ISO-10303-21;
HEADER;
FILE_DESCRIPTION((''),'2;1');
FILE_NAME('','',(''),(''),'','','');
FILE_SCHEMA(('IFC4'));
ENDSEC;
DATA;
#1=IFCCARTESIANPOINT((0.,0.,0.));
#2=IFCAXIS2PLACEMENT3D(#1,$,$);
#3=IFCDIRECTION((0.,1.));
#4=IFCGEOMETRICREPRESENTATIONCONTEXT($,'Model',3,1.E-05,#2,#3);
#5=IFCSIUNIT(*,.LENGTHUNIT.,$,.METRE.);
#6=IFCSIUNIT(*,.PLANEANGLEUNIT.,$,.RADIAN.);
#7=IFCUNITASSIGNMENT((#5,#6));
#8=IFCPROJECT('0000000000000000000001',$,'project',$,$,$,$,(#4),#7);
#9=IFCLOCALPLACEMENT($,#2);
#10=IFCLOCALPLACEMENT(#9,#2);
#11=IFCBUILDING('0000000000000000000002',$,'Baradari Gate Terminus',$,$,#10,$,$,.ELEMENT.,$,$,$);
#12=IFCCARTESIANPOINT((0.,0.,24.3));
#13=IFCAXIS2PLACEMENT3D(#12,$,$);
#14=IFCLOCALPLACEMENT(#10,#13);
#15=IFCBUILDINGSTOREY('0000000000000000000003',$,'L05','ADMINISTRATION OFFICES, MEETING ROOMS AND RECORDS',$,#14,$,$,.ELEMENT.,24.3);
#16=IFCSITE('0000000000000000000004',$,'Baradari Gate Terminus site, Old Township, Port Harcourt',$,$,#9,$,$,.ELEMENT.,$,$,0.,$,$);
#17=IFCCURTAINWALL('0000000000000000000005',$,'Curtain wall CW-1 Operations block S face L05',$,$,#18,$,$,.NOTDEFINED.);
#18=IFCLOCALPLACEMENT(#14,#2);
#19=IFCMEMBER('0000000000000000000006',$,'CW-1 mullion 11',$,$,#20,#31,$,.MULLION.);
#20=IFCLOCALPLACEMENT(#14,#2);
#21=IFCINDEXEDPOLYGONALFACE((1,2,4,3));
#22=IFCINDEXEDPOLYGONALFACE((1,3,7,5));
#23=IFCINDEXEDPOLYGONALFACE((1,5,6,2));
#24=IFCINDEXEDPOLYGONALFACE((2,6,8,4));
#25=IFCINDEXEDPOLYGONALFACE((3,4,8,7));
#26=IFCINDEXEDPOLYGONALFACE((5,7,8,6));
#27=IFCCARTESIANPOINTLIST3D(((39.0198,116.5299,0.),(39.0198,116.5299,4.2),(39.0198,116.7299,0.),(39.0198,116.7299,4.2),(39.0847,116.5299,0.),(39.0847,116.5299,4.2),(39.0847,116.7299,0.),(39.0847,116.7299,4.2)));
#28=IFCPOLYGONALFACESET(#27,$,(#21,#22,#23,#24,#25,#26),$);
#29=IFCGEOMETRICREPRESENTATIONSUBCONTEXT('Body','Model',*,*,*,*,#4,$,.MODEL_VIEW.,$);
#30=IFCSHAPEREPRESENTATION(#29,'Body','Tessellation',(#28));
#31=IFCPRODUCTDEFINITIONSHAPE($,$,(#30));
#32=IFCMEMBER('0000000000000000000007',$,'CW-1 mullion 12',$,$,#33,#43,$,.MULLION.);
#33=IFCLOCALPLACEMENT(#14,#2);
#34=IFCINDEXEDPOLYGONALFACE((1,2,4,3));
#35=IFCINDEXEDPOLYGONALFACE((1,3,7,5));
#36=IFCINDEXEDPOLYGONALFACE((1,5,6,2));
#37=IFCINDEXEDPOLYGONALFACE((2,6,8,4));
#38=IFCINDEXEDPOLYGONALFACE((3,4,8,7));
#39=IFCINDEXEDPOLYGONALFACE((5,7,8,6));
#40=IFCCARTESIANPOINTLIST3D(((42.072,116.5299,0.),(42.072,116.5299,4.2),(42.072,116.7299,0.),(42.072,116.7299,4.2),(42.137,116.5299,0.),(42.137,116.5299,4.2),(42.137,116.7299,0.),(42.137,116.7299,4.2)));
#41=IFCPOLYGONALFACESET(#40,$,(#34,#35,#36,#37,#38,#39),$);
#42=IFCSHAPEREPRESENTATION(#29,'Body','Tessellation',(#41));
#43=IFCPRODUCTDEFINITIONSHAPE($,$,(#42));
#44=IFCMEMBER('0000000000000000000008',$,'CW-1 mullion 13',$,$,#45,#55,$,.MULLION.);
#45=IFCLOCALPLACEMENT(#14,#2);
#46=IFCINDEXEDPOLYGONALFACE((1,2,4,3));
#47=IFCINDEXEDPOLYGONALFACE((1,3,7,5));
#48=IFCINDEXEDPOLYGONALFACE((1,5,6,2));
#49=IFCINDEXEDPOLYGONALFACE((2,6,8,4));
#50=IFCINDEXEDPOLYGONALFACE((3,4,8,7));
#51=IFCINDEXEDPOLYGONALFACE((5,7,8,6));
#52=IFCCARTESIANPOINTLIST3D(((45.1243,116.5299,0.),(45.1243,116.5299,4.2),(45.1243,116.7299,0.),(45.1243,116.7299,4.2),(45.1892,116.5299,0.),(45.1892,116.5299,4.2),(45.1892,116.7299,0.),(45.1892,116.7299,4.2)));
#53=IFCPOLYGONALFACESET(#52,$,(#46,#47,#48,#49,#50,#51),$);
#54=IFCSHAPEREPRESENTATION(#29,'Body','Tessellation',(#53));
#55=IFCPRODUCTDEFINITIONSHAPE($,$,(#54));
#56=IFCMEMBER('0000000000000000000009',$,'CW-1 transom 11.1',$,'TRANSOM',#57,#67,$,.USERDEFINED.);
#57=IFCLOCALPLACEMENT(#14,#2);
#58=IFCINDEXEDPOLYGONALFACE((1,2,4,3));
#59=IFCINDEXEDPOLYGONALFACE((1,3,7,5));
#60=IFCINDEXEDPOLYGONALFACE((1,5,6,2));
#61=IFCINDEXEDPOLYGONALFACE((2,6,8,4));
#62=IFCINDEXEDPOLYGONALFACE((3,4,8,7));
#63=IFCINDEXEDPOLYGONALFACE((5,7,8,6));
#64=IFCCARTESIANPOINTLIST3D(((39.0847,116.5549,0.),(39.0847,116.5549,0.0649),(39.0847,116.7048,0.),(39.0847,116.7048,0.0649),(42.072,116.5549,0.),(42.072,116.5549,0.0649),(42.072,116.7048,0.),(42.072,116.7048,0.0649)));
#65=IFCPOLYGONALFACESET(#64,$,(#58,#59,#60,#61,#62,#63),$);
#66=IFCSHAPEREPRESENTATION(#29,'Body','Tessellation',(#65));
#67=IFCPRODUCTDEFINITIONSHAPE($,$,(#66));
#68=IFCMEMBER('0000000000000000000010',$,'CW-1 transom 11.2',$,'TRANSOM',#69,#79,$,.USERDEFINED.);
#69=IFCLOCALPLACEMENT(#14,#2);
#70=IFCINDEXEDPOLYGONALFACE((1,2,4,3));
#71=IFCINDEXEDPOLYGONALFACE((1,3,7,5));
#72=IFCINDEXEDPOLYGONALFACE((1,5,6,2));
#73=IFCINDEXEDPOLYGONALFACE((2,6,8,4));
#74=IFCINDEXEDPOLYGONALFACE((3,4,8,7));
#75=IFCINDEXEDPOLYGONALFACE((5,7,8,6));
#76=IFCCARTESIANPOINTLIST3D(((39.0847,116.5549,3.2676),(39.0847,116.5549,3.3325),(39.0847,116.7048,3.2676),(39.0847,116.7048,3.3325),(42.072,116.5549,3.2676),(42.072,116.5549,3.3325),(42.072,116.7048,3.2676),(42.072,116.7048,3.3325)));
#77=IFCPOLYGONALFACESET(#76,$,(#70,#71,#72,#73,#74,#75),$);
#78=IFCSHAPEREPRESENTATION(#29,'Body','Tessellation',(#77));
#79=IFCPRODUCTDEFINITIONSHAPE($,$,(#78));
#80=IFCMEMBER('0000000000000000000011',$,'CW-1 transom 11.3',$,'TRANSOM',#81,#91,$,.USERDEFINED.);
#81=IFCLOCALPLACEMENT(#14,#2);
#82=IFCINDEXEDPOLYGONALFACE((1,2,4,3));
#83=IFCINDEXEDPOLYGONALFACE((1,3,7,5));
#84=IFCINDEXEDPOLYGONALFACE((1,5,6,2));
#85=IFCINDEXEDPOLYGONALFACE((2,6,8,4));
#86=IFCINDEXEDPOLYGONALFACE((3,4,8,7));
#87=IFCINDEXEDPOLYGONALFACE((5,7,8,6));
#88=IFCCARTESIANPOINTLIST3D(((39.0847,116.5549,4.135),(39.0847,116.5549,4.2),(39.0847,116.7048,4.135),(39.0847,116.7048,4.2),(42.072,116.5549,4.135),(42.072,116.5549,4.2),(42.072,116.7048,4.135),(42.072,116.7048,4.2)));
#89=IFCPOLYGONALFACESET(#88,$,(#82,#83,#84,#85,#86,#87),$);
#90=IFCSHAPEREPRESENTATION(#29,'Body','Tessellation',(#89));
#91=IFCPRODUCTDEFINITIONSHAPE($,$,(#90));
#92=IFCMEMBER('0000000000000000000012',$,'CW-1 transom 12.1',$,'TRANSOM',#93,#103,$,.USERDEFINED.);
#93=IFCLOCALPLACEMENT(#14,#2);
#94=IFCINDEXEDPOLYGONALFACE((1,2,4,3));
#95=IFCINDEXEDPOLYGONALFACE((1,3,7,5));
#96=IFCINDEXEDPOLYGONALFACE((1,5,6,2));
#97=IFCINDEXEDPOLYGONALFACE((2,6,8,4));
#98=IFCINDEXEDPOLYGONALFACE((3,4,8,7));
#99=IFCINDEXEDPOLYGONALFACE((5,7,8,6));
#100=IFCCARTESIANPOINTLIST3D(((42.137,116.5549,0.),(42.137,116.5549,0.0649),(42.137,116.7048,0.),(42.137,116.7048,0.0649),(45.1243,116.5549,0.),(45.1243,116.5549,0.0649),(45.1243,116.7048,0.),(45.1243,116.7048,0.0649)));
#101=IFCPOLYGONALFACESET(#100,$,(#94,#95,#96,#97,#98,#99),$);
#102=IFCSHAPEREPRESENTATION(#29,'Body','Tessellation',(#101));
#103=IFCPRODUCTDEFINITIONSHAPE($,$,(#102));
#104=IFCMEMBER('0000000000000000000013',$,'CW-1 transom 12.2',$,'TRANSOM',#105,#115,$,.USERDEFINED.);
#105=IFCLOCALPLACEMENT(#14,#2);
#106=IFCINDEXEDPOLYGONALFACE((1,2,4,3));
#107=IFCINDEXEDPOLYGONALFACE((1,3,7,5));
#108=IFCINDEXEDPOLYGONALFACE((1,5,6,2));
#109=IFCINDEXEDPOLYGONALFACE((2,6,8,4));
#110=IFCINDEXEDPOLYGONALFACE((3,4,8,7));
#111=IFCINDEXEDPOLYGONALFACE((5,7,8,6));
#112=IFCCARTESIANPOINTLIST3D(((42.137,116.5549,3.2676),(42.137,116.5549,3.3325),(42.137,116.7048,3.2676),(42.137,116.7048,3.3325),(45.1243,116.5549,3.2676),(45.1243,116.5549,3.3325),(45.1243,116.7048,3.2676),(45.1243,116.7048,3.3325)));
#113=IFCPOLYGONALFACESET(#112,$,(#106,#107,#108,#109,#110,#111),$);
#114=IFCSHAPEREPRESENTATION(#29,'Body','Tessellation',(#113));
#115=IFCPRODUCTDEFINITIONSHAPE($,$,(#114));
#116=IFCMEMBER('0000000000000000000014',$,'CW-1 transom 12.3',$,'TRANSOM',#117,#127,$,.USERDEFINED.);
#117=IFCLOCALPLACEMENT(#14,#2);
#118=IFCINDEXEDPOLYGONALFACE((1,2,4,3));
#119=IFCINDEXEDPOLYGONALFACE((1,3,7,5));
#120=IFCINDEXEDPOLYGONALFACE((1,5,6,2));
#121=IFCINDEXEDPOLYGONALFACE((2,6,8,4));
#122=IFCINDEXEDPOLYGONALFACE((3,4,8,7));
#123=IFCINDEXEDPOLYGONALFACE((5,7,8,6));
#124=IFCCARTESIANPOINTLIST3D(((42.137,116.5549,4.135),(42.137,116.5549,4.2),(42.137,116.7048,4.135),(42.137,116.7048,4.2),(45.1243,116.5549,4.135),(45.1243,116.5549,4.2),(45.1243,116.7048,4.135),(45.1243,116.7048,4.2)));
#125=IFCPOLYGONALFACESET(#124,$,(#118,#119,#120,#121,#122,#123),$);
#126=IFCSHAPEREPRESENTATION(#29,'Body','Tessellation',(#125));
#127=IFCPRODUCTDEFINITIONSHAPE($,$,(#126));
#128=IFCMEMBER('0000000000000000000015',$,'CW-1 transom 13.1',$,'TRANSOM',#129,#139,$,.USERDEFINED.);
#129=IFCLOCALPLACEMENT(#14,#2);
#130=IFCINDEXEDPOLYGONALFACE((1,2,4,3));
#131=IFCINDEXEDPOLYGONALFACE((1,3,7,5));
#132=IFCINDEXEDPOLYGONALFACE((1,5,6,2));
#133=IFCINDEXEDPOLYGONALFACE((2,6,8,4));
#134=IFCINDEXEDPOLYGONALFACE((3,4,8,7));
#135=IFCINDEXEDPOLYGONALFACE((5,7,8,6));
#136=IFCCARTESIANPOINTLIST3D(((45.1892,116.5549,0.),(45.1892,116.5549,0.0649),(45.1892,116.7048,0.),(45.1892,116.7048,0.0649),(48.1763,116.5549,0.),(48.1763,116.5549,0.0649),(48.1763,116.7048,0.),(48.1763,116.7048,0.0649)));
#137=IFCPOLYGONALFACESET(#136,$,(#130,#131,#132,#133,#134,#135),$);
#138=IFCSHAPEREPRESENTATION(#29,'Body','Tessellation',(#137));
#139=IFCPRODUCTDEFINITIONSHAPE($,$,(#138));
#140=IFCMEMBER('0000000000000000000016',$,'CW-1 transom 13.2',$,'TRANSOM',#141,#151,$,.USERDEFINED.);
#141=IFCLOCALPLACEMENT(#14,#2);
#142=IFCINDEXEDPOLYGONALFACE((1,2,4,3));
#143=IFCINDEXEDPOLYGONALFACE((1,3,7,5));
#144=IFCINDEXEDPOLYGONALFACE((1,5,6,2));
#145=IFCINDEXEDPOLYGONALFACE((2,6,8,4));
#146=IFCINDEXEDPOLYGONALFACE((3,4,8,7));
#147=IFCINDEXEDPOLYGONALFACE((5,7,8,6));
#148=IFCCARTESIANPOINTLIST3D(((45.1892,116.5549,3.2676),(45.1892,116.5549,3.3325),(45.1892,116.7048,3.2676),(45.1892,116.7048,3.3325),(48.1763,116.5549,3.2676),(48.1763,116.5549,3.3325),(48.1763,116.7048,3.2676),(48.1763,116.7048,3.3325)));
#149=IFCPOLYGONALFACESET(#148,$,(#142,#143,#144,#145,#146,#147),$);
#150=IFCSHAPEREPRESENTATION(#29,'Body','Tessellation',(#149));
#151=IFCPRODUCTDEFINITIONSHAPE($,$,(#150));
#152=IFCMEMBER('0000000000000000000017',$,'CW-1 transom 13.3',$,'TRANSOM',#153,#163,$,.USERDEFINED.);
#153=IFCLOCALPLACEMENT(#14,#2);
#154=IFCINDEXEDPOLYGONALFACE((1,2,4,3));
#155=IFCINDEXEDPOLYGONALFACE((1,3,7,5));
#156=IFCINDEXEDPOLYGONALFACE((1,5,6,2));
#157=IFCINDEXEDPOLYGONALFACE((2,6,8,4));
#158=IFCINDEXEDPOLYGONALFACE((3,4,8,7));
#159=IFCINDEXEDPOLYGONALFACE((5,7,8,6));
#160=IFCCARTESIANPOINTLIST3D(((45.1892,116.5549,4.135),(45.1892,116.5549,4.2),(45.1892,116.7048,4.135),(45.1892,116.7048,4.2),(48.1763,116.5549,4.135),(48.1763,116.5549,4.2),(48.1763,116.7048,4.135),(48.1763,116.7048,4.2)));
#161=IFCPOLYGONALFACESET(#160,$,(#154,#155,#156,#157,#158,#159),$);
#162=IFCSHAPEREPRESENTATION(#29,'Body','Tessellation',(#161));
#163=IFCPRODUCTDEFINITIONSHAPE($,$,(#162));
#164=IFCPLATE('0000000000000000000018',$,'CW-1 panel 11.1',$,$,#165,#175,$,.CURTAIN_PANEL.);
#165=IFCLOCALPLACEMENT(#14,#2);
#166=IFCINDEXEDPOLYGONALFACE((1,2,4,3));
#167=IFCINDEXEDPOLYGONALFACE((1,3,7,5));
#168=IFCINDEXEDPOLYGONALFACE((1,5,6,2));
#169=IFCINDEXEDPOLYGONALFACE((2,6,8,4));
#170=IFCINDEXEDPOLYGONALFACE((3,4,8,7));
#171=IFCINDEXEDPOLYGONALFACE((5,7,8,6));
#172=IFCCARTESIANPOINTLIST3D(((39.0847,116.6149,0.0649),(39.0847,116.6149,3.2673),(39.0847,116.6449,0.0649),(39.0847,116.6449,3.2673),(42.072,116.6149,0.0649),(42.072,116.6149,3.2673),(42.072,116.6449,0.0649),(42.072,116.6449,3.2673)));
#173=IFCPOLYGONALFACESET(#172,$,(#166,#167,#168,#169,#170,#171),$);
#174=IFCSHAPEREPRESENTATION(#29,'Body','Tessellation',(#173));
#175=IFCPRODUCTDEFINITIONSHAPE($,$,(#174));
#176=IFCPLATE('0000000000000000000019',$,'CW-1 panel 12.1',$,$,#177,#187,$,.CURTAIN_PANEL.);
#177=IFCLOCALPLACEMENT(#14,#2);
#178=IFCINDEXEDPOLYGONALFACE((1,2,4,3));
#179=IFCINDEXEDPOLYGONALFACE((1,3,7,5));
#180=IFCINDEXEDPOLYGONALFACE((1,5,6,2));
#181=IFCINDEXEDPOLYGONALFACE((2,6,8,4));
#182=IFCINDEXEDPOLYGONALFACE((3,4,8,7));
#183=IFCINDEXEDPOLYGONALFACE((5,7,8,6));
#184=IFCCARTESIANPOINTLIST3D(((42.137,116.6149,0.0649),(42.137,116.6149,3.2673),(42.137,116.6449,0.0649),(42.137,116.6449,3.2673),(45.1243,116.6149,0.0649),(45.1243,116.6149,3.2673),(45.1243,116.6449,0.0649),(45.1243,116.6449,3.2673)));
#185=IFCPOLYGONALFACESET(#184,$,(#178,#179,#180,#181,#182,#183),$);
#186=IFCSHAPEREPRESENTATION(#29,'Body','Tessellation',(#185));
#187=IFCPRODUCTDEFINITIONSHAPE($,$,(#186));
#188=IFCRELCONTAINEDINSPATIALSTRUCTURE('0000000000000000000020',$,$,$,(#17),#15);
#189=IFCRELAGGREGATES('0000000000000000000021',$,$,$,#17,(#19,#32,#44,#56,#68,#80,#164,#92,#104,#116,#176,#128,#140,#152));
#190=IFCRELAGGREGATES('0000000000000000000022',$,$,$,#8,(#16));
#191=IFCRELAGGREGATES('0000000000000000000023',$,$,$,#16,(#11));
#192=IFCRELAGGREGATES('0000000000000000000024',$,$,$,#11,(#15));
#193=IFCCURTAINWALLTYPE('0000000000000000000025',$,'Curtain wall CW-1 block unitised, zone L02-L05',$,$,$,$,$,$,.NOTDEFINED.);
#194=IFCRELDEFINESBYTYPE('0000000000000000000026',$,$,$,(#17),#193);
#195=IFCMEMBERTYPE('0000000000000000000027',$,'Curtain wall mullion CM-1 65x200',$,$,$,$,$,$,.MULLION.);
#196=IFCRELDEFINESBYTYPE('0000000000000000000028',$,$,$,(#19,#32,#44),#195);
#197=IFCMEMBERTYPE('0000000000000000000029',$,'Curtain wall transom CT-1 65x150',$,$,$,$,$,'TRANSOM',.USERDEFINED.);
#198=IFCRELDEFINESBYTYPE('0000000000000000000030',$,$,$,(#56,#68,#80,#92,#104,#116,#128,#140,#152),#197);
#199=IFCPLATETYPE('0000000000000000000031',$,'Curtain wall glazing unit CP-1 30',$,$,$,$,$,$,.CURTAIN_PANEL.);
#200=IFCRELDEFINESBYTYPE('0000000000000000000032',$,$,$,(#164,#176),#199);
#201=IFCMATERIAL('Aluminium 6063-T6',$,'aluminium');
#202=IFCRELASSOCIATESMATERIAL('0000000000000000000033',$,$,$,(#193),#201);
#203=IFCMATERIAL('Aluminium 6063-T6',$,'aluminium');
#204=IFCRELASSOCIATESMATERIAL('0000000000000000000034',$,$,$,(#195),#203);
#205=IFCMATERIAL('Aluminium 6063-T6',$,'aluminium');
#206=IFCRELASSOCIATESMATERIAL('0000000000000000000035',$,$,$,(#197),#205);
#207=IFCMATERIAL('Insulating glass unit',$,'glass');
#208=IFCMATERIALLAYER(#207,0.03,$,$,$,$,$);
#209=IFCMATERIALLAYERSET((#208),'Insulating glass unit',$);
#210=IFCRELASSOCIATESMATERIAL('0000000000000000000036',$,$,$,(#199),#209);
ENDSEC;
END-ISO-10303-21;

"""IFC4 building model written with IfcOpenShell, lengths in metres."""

from ifc_helpers import new_model, si_unit, direction, frame, origin, origin_2d, place, context, subcontext, project, spatial, rectangle, extrude, material, layer, layer_set, material_profile, profile_set, type_object, element, aggregate, save


model = new_model("IFC4")

# Units and contexts
model_context = context("Model", 3, precision=1e-05, world=origin(), true_north=direction((0.0, 1.0)))
body_context = subcontext(model_context, "Body", "Model", "MODEL_VIEW")
ifc_project = project(units=[si_unit("LENGTHUNIT", "METRE"), si_unit("PLANEANGLEUNIT", "RADIAN")], contexts=[model_context])

# Site, building, storey
site_placement = place(None, origin())
site = spatial("IfcSite", under=ifc_project, at=site_placement, Name="Baradari Gate Terminus site, Old Township, Port Harcourt", CompositionType="ELEMENT", RefElevation=0.0)
building_placement = place(site_placement, origin())
building = spatial("IfcBuilding", under=site, at=building_placement, Name="Baradari Gate Terminus", CompositionType="ELEMENT")
storey_placement = place(building_placement, frame((0.0, 0.0, 24.3)))
storey = spatial("IfcBuildingStorey", under=building, at=storey_placement, Name="L05", Description="ADMINISTRATION OFFICES, MEETING ROOMS AND RECORDS", CompositionType="ELEMENT", Elevation=24.3)

# Curtain wall, members, plates
ifc_material_1 = material(Name="Aluminium 6063-T6", Category="aluminium")
curtain_wall_type = type_object("IfcCurtainWallType", Name="Curtain wall CW-1 block unitised, zone L02-L05", PredefinedType="NOTDEFINED", material=ifc_material_1)
curtain_wall_placement = place(storey_placement, origin())
curtain_wall = element("IfcCurtainWall", 1, at=curtain_wall_placement, inside=storey, type_object=curtain_wall_type, Name="Curtain wall CW-1 Operations block S face L05", PredefinedType="NOTDEFINED")
ifc_material_2 = material(Name="Aluminium 6063-T6", Category="aluminium")
ifc_material_profile_1 = material_profile(ifc_material_2, rectangle(XDim=0.2, YDim=0.0649, at=origin_2d()), Name="CM-1 65X200")
ifc_profile_set_1 = profile_set([ifc_material_profile_1], Name="Aluminium 6063-T6")
member_type_1 = type_object("IfcMemberType", Name="Curtain wall mullion CM-1 65x200", PredefinedType="MULLION", material=ifc_profile_set_1)
member_1_placement = place(storey_placement, frame((39.0522, 116.6299, 0.0), z_axis=(0.0, 0.0, 1.0), x_axis=(0.0, 1.0, 0.0)))
member_1 = element("IfcMember", 2, at=member_1_placement, type_object=member_type_1, Name="CW-1 mullion 11", PredefinedType="MULLION", context=body_context, shape_type="SweptSolid", body=[
    extrude(rectangle(XDim=0.2, YDim=0.0649, at=origin_2d()), origin(), (0.0, 0.0, 1.0), 4.2),
])
member_2_placement = place(storey_placement, frame((42.1045, 116.6299, 0.0), z_axis=(0.0, 0.0, 1.0), x_axis=(0.0, 1.0, 0.0)))
member_2 = element("IfcMember", 3, at=member_2_placement, type_object=member_type_1, Name="CW-1 mullion 12", PredefinedType="MULLION", context=body_context, shape_type="SweptSolid", body=[
    extrude(rectangle(XDim=0.2, YDim=0.0649, at=origin_2d()), origin(), (0.0, 0.0, 1.0), 4.2),
])
member_3_placement = place(storey_placement, frame((45.1567, 116.6299, 0.0), z_axis=(0.0, 0.0, 1.0), x_axis=(0.0, 1.0, 0.0)))
member_3 = element("IfcMember", 4, at=member_3_placement, type_object=member_type_1, Name="CW-1 mullion 13", PredefinedType="MULLION", context=body_context, shape_type="SweptSolid", body=[
    extrude(rectangle(XDim=0.2, YDim=0.0649, at=origin_2d()), origin(), (0.0, 0.0, 1.0), 4.2),
])
ifc_material_3 = material(Name="Aluminium 6063-T6", Category="aluminium")
ifc_material_profile_2 = material_profile(ifc_material_3, rectangle(XDim=0.1499, YDim=0.0649, at=origin_2d()), Name="CT-1 65X150")
ifc_profile_set_2 = profile_set([ifc_material_profile_2], Name="Aluminium 6063-T6")
member_type_2 = type_object("IfcMemberType", Name="Curtain wall transom CT-1 65x150", ElementType="TRANSOM", PredefinedType="USERDEFINED", material=ifc_profile_set_2)
member_4_placement = place(storey_placement, frame((39.0847, 116.6299, 0.0325), z_axis=(1.0, 0.0, 0.0), x_axis=(0.0, 1.0, 0.0)))
member_4 = element("IfcMember", 5, at=member_4_placement, type_object=member_type_2, Name="CW-1 transom 11.1", ObjectType="TRANSOM", PredefinedType="USERDEFINED", context=body_context, shape_type="SweptSolid", body=[
    extrude(rectangle(XDim=0.1499, YDim=0.0649, at=origin_2d()), origin(), (0.0, 0.0, 1.0), 2.9873),
])
member_5_placement = place(storey_placement, frame((39.0847, 116.6299, 3.3), z_axis=(1.0, 0.0, 0.0), x_axis=(0.0, 1.0, 0.0)))
member_5 = element("IfcMember", 6, at=member_5_placement, type_object=member_type_2, Name="CW-1 transom 11.2", ObjectType="TRANSOM", PredefinedType="USERDEFINED", context=body_context, shape_type="SweptSolid", body=[
    extrude(rectangle(XDim=0.1499, YDim=0.0649, at=origin_2d()), origin(), (0.0, 0.0, 1.0), 2.9873),
])
member_6_placement = place(storey_placement, frame((39.0847, 116.6299, 4.1675), z_axis=(1.0, 0.0, 0.0), x_axis=(0.0, 1.0, 0.0)))
member_6 = element("IfcMember", 7, at=member_6_placement, type_object=member_type_2, Name="CW-1 transom 11.3", ObjectType="TRANSOM", PredefinedType="USERDEFINED", context=body_context, shape_type="SweptSolid", body=[
    extrude(rectangle(XDim=0.1499, YDim=0.0649, at=origin_2d()), origin(), (0.0, 0.0, 1.0), 2.9873),
])
member_7_placement = place(storey_placement, frame((42.137, 116.6299, 0.0325), z_axis=(1.0, 0.0, 0.0), x_axis=(0.0, 1.0, 0.0)))
member_7 = element("IfcMember", 8, at=member_7_placement, type_object=member_type_2, Name="CW-1 transom 12.1", ObjectType="TRANSOM", PredefinedType="USERDEFINED", context=body_context, shape_type="SweptSolid", body=[
    extrude(rectangle(XDim=0.1499, YDim=0.0649, at=origin_2d()), origin(), (0.0, 0.0, 1.0), 2.9873),
])
member_8_placement = place(storey_placement, frame((42.137, 116.6299, 3.3), z_axis=(1.0, 0.0, 0.0), x_axis=(0.0, 1.0, 0.0)))
member_8 = element("IfcMember", 9, at=member_8_placement, type_object=member_type_2, Name="CW-1 transom 12.2", ObjectType="TRANSOM", PredefinedType="USERDEFINED", context=body_context, shape_type="SweptSolid", body=[
    extrude(rectangle(XDim=0.1499, YDim=0.0649, at=origin_2d()), origin(), (0.0, 0.0, 1.0), 2.9873),
])
member_9_placement = place(storey_placement, frame((42.137, 116.6299, 4.1675), z_axis=(1.0, 0.0, 0.0), x_axis=(0.0, 1.0, 0.0)))
member_9 = element("IfcMember", 10, at=member_9_placement, type_object=member_type_2, Name="CW-1 transom 12.3", ObjectType="TRANSOM", PredefinedType="USERDEFINED", context=body_context, shape_type="SweptSolid", body=[
    extrude(rectangle(XDim=0.1499, YDim=0.0649, at=origin_2d()), origin(), (0.0, 0.0, 1.0), 2.9873),
])
member_10_placement = place(storey_placement, frame((45.1892, 116.6299, 0.0325), z_axis=(1.0, 0.0, 0.0), x_axis=(0.0, 1.0, 0.0)))
member_10 = element("IfcMember", 11, at=member_10_placement, type_object=member_type_2, Name="CW-1 transom 13.1", ObjectType="TRANSOM", PredefinedType="USERDEFINED", context=body_context, shape_type="SweptSolid", body=[
    extrude(rectangle(XDim=0.1499, YDim=0.0649, at=origin_2d()), origin(), (0.0, 0.0, 1.0), 2.9871),
])
member_11_placement = place(storey_placement, frame((45.1892, 116.6299, 3.3), z_axis=(1.0, 0.0, 0.0), x_axis=(0.0, 1.0, 0.0)))
member_11 = element("IfcMember", 12, at=member_11_placement, type_object=member_type_2, Name="CW-1 transom 13.2", ObjectType="TRANSOM", PredefinedType="USERDEFINED", context=body_context, shape_type="SweptSolid", body=[
    extrude(rectangle(XDim=0.1499, YDim=0.0649, at=origin_2d()), origin(), (0.0, 0.0, 1.0), 2.9871),
])
member_12_placement = place(storey_placement, frame((45.1892, 116.6299, 4.1675), z_axis=(1.0, 0.0, 0.0), x_axis=(0.0, 1.0, 0.0)))
member_12 = element("IfcMember", 13, at=member_12_placement, type_object=member_type_2, Name="CW-1 transom 13.3", ObjectType="TRANSOM", PredefinedType="USERDEFINED", context=body_context, shape_type="SweptSolid", body=[
    extrude(rectangle(XDim=0.1499, YDim=0.0649, at=origin_2d()), origin(), (0.0, 0.0, 1.0), 2.9871),
])
ifc_material_4 = material(Name="Insulating glass unit", Category="glass")
ifc_layer_1 = layer(ifc_material_4, 0.03)
ifc_layer_set_1 = layer_set([ifc_layer_1], Name="Insulating glass unit")
plate_type_1 = type_object("IfcPlateType", Name="Curtain wall glazing unit CP-1 30", PredefinedType="CURTAIN_PANEL", material=ifc_layer_set_1)
plate_1_placement = place(storey_placement, frame((40.5784, 116.6299, 0.0649), z_axis=(0.0, 0.0, 1.0), x_axis=(1.0, 0.0, 0.0)))
plate_1 = element("IfcPlate", 14, at=plate_1_placement, type_object=plate_type_1, Name="CW-1 panel 11.1", PredefinedType="CURTAIN_PANEL", context=body_context, shape_type="SweptSolid", body=[
    extrude(rectangle(XDim=2.9873, YDim=0.03, at=origin_2d()), origin(), (0.0, 0.0, 1.0), 3.2024),
])
plate_2_placement = place(storey_placement, frame((43.6306, 116.6299, 0.0649), z_axis=(0.0, 0.0, 1.0), x_axis=(1.0, 0.0, 0.0)))
plate_2 = element("IfcPlate", 15, at=plate_2_placement, type_object=plate_type_1, Name="CW-1 panel 12.1", PredefinedType="CURTAIN_PANEL", context=body_context, shape_type="SweptSolid", body=[
    extrude(rectangle(XDim=2.9873, YDim=0.03, at=origin_2d()), origin(), (0.0, 0.0, 1.0), 3.2024),
])
aggregate(curtain_wall, [member_1, member_2, member_3, member_4, member_5, member_6, plate_1, member_7, member_8, member_9, plate_2, member_10, member_11, member_12])

save(model, "model.ifc")
